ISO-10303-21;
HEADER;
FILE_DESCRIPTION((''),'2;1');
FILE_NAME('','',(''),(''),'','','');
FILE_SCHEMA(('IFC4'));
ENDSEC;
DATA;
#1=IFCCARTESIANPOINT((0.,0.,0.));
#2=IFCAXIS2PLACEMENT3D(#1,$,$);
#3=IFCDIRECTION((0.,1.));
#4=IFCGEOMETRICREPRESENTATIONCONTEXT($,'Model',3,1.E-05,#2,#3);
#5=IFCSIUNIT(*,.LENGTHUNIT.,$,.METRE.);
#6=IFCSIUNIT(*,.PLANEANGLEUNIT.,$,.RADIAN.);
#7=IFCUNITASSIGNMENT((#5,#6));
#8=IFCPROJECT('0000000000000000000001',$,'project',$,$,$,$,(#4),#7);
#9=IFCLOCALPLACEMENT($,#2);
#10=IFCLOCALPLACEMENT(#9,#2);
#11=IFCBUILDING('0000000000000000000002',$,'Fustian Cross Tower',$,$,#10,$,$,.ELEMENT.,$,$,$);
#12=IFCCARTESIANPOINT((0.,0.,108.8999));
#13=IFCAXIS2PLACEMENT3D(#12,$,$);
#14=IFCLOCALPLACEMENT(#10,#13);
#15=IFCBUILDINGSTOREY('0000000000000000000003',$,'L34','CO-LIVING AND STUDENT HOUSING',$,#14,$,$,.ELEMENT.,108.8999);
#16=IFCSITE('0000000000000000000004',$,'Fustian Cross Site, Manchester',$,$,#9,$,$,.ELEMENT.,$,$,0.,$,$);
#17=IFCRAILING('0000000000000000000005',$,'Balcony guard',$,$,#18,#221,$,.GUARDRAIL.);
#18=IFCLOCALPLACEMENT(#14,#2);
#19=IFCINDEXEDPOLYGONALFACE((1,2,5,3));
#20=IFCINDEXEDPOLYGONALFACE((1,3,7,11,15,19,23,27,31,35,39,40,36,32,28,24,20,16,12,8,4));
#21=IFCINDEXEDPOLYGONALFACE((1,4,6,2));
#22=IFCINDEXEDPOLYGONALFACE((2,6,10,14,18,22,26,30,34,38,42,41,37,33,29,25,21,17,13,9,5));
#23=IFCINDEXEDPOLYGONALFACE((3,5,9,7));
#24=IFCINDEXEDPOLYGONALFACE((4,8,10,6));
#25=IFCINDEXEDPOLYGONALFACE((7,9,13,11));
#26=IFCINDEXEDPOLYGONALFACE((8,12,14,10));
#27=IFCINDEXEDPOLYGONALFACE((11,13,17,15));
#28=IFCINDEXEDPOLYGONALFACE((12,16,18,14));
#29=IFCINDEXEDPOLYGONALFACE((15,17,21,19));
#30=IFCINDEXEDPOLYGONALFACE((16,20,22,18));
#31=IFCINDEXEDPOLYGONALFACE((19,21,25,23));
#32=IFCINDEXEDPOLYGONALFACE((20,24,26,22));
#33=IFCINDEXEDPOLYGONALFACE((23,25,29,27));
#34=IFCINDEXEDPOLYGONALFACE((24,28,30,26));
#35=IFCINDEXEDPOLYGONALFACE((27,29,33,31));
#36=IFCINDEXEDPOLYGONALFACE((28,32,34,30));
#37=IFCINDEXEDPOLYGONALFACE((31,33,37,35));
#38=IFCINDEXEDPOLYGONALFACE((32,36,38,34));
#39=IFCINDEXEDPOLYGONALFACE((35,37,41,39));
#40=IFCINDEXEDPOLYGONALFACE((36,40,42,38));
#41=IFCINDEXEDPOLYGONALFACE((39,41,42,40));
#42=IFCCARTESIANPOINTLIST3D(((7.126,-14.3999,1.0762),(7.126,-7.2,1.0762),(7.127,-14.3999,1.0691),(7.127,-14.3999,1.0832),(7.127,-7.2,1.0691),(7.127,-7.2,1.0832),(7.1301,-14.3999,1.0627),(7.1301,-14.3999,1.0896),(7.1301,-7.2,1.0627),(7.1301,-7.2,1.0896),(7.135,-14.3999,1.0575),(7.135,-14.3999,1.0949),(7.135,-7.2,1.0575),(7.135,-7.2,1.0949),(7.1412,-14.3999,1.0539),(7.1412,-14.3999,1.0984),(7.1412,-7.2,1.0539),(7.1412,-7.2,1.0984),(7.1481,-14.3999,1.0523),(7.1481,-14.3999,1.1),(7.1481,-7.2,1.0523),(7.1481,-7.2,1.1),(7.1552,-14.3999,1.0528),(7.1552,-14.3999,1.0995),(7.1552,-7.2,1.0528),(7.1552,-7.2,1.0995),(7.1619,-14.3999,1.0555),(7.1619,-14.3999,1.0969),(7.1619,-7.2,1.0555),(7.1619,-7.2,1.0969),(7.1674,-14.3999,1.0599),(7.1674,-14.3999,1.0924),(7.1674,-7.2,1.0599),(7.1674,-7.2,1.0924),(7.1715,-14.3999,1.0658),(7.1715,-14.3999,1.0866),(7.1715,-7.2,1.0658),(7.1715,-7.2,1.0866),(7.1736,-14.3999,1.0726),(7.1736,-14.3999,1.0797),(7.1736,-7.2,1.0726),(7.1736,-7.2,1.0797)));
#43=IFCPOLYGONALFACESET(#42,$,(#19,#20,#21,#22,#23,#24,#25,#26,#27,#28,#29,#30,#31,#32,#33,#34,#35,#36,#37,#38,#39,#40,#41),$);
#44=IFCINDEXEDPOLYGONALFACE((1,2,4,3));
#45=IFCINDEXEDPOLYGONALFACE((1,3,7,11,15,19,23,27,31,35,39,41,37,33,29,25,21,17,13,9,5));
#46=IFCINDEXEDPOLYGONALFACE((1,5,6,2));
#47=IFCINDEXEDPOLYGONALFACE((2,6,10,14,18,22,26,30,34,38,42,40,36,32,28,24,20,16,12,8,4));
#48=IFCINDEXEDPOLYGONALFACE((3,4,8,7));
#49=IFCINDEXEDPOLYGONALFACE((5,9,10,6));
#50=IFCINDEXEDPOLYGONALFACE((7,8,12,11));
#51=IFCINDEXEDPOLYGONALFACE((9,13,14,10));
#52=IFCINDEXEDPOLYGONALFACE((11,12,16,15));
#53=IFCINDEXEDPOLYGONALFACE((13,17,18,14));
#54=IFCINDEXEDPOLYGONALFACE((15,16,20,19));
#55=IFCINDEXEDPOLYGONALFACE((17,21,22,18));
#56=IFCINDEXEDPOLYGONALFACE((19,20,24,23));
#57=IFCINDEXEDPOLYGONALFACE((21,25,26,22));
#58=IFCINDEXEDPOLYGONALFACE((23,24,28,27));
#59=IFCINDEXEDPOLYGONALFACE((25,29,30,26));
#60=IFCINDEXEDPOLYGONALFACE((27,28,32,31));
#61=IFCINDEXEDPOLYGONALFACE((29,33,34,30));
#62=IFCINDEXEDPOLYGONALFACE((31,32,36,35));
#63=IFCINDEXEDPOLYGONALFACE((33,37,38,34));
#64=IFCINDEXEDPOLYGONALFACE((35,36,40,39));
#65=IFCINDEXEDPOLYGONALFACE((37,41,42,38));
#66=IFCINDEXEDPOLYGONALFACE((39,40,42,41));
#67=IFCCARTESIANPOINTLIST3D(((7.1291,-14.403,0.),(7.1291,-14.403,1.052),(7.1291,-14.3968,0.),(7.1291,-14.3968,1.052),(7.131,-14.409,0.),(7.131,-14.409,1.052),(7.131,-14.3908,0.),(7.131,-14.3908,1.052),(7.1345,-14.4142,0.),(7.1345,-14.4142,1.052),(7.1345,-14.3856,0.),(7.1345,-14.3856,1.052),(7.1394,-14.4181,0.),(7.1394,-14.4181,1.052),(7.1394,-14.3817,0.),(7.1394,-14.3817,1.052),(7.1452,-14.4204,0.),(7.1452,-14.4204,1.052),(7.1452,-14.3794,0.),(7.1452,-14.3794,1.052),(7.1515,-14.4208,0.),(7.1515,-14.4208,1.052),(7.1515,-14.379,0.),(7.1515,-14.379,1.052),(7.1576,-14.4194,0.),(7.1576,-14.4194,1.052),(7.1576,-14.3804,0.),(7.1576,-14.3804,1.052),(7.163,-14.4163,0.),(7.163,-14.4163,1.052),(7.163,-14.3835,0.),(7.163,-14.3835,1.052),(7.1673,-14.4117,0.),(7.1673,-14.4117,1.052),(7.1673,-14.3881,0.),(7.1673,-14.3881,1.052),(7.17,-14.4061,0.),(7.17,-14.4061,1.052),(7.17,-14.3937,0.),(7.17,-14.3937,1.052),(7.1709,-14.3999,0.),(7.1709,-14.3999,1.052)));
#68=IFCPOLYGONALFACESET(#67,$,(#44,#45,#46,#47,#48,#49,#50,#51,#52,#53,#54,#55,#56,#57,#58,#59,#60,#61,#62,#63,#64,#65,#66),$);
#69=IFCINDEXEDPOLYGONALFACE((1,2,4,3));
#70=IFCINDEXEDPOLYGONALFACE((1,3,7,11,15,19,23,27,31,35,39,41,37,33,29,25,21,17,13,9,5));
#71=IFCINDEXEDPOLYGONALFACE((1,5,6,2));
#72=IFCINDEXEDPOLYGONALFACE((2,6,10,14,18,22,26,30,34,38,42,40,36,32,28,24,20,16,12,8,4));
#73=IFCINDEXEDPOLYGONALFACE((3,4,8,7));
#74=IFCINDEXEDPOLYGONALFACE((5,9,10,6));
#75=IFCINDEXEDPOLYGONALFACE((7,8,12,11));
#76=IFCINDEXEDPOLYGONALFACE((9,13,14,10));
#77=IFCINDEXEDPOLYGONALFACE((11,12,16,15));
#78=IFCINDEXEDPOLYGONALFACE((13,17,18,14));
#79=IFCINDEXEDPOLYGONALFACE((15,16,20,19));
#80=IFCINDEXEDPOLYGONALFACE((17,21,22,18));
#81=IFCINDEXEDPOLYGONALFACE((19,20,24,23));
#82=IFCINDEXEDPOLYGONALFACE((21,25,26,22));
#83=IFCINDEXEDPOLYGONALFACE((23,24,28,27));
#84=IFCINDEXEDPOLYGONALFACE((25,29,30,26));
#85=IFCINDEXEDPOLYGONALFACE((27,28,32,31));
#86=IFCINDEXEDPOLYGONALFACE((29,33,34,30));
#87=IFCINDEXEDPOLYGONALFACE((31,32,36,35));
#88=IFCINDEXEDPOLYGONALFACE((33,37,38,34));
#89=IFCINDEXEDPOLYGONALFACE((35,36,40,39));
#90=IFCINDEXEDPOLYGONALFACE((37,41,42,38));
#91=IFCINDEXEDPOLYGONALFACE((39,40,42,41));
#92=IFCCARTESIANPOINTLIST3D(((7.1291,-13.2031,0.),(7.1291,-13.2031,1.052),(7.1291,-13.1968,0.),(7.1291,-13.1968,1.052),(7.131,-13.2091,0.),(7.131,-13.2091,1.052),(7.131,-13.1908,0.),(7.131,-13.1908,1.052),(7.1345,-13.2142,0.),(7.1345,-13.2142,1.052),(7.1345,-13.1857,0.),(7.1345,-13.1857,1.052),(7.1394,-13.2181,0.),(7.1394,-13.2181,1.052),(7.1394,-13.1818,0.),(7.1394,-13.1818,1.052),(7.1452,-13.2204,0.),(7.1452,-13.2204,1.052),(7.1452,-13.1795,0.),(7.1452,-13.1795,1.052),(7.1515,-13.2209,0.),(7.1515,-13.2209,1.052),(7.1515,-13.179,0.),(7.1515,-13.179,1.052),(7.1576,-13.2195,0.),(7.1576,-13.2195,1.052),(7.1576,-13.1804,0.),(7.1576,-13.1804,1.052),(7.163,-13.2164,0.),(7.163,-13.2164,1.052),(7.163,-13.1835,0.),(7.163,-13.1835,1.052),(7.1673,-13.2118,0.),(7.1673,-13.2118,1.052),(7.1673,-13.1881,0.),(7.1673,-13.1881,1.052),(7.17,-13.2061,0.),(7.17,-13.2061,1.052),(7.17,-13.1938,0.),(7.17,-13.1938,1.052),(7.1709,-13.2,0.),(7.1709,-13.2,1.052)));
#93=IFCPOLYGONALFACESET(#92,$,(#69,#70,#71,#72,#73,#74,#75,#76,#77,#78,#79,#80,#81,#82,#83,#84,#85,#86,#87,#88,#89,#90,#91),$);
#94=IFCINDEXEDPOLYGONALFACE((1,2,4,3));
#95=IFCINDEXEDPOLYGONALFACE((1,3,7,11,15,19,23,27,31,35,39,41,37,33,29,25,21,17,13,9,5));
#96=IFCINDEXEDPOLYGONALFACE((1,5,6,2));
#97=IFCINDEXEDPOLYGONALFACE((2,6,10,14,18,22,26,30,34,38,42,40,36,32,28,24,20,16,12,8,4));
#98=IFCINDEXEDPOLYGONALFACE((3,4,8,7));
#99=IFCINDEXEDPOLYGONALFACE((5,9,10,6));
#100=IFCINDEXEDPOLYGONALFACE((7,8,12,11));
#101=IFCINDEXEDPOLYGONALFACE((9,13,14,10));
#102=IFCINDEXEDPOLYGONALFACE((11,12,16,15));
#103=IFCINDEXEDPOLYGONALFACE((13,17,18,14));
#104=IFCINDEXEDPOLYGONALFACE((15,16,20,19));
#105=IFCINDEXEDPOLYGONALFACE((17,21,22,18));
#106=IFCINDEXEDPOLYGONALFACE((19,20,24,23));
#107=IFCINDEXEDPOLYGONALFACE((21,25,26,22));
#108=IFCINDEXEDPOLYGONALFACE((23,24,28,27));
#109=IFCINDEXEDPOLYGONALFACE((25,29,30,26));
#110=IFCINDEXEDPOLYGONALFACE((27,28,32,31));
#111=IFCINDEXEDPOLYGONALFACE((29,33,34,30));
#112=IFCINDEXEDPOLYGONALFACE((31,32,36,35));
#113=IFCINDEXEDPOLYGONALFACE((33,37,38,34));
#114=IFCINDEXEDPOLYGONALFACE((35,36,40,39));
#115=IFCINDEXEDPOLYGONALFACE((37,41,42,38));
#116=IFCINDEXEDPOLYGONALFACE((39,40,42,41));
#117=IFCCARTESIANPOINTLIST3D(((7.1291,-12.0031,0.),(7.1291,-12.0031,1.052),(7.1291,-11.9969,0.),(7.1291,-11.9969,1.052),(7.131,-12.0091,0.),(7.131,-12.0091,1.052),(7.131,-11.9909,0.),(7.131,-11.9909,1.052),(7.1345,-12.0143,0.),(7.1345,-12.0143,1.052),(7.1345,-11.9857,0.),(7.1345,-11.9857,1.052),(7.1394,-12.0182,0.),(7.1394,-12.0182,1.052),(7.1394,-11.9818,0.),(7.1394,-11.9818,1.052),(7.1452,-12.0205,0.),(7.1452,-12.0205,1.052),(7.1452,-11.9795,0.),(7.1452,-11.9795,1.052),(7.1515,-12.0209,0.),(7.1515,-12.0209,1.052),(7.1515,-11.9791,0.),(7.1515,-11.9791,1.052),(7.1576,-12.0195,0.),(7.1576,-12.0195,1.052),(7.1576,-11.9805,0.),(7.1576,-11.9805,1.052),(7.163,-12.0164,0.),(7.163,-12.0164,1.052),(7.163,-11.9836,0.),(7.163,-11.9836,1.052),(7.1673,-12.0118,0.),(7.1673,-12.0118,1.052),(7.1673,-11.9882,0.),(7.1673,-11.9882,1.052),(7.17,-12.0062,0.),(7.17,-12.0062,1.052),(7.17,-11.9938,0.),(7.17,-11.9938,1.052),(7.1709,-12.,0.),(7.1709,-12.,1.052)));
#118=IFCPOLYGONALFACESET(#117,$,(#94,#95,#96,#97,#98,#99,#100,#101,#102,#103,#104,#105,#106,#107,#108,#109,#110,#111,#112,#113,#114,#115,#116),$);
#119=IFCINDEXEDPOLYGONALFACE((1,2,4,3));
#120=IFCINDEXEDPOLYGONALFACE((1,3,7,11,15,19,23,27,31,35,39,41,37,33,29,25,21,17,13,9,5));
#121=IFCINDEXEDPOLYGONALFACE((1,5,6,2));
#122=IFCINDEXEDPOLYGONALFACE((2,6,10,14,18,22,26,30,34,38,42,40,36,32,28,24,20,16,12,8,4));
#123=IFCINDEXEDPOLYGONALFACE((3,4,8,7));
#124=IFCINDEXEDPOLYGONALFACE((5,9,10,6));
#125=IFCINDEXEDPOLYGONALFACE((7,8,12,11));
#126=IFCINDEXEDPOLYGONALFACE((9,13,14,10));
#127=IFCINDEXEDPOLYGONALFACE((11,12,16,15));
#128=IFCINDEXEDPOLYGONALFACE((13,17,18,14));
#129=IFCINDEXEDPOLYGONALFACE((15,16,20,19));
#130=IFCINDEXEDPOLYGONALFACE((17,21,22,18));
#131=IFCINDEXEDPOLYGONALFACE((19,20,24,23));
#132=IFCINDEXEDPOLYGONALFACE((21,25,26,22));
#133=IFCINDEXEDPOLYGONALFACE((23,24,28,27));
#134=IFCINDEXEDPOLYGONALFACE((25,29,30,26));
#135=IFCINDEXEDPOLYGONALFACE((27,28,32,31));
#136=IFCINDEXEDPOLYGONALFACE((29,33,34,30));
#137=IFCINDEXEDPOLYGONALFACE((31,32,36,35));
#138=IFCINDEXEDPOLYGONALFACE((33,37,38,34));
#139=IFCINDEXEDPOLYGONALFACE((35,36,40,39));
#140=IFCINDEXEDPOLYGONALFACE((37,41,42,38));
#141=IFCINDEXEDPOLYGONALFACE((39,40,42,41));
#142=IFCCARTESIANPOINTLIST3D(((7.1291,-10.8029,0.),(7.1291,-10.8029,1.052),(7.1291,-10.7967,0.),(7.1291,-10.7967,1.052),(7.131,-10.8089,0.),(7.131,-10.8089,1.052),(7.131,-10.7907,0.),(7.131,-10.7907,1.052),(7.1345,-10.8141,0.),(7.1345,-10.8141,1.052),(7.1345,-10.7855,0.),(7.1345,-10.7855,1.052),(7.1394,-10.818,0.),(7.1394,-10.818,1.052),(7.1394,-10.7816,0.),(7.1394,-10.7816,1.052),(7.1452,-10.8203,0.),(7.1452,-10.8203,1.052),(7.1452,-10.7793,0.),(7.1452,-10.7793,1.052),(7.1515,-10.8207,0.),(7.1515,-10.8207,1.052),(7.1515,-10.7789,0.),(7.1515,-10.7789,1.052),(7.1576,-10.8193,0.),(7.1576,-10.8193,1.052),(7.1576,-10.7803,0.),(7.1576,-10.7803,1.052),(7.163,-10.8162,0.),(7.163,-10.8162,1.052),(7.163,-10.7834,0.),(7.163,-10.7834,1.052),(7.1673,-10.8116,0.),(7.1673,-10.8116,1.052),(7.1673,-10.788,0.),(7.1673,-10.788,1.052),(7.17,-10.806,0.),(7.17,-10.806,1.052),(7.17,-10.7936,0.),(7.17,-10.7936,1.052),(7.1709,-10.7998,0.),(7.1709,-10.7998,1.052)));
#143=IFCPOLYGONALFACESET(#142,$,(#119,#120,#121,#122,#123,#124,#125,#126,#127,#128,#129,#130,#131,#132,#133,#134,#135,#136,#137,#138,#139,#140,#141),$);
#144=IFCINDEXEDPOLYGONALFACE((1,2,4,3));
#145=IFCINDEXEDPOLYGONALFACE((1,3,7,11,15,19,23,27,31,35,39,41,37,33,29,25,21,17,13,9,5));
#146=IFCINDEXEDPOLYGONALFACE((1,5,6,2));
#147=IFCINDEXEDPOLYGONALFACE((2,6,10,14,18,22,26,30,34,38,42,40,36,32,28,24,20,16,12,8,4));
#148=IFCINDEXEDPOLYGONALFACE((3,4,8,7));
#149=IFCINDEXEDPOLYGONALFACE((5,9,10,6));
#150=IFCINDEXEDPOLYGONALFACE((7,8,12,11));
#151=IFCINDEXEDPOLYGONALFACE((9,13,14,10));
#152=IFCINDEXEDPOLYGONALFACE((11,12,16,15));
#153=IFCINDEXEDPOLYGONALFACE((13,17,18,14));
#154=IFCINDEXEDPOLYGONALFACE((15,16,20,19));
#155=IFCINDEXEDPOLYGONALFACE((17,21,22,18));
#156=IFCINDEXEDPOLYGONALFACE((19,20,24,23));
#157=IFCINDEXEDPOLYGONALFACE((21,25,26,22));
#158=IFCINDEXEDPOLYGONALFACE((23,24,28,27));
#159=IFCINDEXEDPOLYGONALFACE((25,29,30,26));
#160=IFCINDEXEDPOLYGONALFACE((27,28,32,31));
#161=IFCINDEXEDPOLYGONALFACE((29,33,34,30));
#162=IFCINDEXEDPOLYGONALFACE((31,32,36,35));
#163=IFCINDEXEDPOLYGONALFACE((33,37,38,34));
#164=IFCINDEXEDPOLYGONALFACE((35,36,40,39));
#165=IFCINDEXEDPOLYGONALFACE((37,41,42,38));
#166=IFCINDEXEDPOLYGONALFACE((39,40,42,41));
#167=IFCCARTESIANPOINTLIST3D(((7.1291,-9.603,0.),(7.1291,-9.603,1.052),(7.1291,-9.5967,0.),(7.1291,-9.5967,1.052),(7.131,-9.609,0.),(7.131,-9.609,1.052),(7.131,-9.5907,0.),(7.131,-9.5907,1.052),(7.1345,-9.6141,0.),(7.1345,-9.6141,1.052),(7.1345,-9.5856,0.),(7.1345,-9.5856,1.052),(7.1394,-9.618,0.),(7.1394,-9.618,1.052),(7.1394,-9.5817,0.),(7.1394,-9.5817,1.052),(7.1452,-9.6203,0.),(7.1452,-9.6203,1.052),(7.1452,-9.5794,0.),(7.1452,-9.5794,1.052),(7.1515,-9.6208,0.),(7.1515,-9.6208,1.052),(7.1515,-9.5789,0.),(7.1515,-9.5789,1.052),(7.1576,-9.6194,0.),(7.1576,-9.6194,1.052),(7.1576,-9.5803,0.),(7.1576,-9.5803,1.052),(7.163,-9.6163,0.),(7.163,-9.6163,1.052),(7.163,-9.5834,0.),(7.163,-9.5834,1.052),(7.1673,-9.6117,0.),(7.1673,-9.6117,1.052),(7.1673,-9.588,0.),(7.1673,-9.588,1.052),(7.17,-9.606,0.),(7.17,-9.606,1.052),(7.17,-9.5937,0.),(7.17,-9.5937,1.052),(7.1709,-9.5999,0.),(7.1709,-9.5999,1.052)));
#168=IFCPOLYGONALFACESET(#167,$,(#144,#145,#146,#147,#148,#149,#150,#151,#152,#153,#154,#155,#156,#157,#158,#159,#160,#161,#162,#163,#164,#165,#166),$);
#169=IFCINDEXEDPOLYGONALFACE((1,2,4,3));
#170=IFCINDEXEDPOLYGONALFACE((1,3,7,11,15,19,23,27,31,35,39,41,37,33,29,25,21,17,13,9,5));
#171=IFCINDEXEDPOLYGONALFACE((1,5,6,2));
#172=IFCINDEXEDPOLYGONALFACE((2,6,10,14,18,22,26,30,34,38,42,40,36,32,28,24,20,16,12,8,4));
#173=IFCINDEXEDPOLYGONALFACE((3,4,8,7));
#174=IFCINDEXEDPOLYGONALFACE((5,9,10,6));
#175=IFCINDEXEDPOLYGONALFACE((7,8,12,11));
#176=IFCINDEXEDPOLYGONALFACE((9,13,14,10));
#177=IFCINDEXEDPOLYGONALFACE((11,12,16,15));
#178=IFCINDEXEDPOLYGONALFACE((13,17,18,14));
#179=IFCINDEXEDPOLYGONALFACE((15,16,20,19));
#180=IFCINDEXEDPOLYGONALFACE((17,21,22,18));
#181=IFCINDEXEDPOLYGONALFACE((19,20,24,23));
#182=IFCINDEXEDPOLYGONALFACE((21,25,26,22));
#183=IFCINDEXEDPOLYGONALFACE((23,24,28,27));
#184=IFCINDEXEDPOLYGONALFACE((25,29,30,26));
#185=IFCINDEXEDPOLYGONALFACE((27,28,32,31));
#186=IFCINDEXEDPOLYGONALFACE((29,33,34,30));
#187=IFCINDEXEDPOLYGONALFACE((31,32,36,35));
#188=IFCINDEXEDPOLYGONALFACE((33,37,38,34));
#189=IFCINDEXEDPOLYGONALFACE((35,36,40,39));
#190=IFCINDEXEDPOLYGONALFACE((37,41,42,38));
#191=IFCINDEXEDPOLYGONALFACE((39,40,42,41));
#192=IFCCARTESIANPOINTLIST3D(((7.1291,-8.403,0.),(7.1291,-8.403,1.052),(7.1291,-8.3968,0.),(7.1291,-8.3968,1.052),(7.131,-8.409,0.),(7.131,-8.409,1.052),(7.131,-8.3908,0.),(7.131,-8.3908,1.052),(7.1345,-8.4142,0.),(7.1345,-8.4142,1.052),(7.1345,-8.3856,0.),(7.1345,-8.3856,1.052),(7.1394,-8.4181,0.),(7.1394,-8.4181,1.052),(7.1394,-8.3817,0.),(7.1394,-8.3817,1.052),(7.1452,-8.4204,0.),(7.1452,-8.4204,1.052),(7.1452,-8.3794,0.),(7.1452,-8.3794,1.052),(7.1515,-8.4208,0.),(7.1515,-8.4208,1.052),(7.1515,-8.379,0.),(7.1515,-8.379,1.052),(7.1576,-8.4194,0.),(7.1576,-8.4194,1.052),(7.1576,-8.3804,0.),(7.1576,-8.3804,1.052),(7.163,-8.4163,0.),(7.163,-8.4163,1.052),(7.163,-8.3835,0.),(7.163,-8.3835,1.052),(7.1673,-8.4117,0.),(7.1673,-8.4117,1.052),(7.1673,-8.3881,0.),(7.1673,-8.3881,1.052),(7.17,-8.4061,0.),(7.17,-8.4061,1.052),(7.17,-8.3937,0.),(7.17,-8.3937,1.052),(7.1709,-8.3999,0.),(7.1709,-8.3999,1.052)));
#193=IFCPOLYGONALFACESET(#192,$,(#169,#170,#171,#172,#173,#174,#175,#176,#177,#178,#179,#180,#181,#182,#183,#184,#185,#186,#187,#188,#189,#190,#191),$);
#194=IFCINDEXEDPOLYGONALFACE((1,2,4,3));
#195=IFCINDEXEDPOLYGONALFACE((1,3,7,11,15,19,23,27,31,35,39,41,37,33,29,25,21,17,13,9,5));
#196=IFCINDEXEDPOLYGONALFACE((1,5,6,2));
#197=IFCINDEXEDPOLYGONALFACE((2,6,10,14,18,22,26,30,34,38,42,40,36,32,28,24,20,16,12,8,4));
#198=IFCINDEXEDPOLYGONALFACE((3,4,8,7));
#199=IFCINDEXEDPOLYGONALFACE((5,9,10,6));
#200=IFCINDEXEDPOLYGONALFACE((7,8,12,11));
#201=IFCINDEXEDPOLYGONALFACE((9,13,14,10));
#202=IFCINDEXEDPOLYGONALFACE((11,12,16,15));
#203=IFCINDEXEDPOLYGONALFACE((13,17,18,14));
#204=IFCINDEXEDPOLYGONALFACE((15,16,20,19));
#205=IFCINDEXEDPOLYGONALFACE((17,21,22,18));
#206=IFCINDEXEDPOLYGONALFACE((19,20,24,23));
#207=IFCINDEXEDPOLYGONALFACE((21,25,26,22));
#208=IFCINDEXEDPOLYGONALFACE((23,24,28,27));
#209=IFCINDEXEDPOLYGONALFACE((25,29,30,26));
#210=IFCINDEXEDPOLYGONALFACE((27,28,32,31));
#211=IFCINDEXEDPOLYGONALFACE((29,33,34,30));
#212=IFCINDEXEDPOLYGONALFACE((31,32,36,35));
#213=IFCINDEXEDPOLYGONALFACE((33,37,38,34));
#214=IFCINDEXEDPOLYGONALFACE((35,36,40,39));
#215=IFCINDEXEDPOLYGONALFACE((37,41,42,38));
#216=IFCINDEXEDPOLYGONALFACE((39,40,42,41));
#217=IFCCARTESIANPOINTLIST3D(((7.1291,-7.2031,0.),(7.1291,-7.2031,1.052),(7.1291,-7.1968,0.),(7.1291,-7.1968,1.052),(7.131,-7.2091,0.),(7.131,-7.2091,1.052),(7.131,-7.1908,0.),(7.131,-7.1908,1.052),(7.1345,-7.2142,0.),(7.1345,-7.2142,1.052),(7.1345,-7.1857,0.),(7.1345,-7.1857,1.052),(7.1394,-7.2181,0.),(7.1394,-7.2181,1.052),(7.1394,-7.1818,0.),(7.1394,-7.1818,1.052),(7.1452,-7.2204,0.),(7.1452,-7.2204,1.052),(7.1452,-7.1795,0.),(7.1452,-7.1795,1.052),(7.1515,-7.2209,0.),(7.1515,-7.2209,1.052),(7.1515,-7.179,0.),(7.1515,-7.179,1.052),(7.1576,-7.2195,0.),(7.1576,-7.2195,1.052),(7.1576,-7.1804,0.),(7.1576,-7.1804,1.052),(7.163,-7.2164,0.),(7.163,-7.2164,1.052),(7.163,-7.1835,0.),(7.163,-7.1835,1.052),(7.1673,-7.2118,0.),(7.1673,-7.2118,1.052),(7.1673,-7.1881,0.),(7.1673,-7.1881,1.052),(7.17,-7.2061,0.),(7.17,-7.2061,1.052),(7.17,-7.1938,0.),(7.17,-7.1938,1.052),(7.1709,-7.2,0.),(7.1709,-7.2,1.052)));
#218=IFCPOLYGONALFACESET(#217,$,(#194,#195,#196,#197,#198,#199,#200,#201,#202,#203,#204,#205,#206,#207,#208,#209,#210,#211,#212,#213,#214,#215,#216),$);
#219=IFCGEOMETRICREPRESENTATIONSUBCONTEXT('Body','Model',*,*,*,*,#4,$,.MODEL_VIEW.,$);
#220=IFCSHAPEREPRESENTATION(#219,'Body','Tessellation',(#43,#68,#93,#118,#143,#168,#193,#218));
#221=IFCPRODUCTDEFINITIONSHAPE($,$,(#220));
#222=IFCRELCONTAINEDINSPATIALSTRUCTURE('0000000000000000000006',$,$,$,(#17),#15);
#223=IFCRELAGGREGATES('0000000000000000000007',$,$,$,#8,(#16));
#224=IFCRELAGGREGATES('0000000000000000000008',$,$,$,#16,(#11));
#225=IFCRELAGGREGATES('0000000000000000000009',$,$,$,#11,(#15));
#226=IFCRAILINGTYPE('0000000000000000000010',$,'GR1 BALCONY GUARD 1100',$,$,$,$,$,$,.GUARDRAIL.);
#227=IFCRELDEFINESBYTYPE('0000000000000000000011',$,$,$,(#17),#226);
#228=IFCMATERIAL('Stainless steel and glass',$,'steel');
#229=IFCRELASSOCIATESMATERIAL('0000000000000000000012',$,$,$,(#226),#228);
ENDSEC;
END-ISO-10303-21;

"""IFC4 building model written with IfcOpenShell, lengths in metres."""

from ifc_helpers import new_model, si_unit, direction, frame, origin, origin_2d, place, context, subcontext, project, spatial, circle, extrude, material, type_object, element, save


model = new_model("IFC4")

# Units and contexts
model_context = context("Model", 3, precision=1e-05, world=origin(), true_north=direction((0.0, 1.0)))
body_context = subcontext(model_context, "Body", "Model", "MODEL_VIEW")
ifc_project = project(units=[si_unit("LENGTHUNIT", "METRE"), si_unit("PLANEANGLEUNIT", "RADIAN")], contexts=[model_context])

# Site, building, storey
site_placement = place(None, origin())
site = spatial("IfcSite", under=ifc_project, at=site_placement, Name="Fustian Cross Site, Manchester", CompositionType="ELEMENT", RefElevation=0.0)
building_placement = place(site_placement, origin())
building = spatial("IfcBuilding", under=site, at=building_placement, Name="Fustian Cross Tower", CompositionType="ELEMENT")
storey_placement = place(building_placement, frame((0.0, 0.0, 108.8999)))
storey = spatial("IfcBuildingStorey", under=building, at=storey_placement, Name="L34", Description="CO-LIVING AND STUDENT HOUSING", CompositionType="ELEMENT", Elevation=108.8999)

# Railing
ifc_material_1 = material(Name="Stainless steel and glass", Category="steel")
railing_type = type_object("IfcRailingType", Name="GR1 BALCONY GUARD 1100", PredefinedType="GUARDRAIL", material=ifc_material_1)
railing_placement = place(storey_placement, frame((7.1499, -14.3999, 0.0)))
element("IfcRailing", 1, at=railing_placement, inside=storey, type_object=railing_type, Name="Balcony guard", PredefinedType="GUARDRAIL", context=body_context, shape_type="SweptSolid", body=[
    extrude(circle(Radius=0.0239, at=origin_2d()), frame((0.0, 0.0, 1.0762), z_axis=(0.0, 1.0, 0.0), x_axis=(-1.0, 0.0, 0.0)), (0.0, 0.0, 1.0), 7.2),
    extrude(circle(Radius=0.021, at=origin_2d()), origin(), (0.0, 0.0, 1.0), 1.052),
    extrude(circle(Radius=0.021, at=origin_2d()), frame((0.0, 1.2, 0.0)), (0.0, 0.0, 1.0), 1.052),
    extrude(circle(Radius=0.021, at=origin_2d()), frame((0.0, 2.3999, 0.0)), (0.0, 0.0, 1.0), 1.052),
    extrude(circle(Radius=0.021, at=origin_2d()), frame((0.0, 3.6001, 0.0)), (0.0, 0.0, 1.0), 1.052),
    extrude(circle(Radius=0.021, at=origin_2d()), frame((0.0, 4.8, 0.0)), (0.0, 0.0, 1.0), 1.052),
    extrude(circle(Radius=0.021, at=origin_2d()), frame((0.0, 6.0, 0.0)), (0.0, 0.0, 1.0), 1.052),
    extrude(circle(Radius=0.021, at=origin_2d()), frame((0.0, 7.2, 0.0)), (0.0, 0.0, 1.0), 1.052),
])

save(model, "model.ifc")
